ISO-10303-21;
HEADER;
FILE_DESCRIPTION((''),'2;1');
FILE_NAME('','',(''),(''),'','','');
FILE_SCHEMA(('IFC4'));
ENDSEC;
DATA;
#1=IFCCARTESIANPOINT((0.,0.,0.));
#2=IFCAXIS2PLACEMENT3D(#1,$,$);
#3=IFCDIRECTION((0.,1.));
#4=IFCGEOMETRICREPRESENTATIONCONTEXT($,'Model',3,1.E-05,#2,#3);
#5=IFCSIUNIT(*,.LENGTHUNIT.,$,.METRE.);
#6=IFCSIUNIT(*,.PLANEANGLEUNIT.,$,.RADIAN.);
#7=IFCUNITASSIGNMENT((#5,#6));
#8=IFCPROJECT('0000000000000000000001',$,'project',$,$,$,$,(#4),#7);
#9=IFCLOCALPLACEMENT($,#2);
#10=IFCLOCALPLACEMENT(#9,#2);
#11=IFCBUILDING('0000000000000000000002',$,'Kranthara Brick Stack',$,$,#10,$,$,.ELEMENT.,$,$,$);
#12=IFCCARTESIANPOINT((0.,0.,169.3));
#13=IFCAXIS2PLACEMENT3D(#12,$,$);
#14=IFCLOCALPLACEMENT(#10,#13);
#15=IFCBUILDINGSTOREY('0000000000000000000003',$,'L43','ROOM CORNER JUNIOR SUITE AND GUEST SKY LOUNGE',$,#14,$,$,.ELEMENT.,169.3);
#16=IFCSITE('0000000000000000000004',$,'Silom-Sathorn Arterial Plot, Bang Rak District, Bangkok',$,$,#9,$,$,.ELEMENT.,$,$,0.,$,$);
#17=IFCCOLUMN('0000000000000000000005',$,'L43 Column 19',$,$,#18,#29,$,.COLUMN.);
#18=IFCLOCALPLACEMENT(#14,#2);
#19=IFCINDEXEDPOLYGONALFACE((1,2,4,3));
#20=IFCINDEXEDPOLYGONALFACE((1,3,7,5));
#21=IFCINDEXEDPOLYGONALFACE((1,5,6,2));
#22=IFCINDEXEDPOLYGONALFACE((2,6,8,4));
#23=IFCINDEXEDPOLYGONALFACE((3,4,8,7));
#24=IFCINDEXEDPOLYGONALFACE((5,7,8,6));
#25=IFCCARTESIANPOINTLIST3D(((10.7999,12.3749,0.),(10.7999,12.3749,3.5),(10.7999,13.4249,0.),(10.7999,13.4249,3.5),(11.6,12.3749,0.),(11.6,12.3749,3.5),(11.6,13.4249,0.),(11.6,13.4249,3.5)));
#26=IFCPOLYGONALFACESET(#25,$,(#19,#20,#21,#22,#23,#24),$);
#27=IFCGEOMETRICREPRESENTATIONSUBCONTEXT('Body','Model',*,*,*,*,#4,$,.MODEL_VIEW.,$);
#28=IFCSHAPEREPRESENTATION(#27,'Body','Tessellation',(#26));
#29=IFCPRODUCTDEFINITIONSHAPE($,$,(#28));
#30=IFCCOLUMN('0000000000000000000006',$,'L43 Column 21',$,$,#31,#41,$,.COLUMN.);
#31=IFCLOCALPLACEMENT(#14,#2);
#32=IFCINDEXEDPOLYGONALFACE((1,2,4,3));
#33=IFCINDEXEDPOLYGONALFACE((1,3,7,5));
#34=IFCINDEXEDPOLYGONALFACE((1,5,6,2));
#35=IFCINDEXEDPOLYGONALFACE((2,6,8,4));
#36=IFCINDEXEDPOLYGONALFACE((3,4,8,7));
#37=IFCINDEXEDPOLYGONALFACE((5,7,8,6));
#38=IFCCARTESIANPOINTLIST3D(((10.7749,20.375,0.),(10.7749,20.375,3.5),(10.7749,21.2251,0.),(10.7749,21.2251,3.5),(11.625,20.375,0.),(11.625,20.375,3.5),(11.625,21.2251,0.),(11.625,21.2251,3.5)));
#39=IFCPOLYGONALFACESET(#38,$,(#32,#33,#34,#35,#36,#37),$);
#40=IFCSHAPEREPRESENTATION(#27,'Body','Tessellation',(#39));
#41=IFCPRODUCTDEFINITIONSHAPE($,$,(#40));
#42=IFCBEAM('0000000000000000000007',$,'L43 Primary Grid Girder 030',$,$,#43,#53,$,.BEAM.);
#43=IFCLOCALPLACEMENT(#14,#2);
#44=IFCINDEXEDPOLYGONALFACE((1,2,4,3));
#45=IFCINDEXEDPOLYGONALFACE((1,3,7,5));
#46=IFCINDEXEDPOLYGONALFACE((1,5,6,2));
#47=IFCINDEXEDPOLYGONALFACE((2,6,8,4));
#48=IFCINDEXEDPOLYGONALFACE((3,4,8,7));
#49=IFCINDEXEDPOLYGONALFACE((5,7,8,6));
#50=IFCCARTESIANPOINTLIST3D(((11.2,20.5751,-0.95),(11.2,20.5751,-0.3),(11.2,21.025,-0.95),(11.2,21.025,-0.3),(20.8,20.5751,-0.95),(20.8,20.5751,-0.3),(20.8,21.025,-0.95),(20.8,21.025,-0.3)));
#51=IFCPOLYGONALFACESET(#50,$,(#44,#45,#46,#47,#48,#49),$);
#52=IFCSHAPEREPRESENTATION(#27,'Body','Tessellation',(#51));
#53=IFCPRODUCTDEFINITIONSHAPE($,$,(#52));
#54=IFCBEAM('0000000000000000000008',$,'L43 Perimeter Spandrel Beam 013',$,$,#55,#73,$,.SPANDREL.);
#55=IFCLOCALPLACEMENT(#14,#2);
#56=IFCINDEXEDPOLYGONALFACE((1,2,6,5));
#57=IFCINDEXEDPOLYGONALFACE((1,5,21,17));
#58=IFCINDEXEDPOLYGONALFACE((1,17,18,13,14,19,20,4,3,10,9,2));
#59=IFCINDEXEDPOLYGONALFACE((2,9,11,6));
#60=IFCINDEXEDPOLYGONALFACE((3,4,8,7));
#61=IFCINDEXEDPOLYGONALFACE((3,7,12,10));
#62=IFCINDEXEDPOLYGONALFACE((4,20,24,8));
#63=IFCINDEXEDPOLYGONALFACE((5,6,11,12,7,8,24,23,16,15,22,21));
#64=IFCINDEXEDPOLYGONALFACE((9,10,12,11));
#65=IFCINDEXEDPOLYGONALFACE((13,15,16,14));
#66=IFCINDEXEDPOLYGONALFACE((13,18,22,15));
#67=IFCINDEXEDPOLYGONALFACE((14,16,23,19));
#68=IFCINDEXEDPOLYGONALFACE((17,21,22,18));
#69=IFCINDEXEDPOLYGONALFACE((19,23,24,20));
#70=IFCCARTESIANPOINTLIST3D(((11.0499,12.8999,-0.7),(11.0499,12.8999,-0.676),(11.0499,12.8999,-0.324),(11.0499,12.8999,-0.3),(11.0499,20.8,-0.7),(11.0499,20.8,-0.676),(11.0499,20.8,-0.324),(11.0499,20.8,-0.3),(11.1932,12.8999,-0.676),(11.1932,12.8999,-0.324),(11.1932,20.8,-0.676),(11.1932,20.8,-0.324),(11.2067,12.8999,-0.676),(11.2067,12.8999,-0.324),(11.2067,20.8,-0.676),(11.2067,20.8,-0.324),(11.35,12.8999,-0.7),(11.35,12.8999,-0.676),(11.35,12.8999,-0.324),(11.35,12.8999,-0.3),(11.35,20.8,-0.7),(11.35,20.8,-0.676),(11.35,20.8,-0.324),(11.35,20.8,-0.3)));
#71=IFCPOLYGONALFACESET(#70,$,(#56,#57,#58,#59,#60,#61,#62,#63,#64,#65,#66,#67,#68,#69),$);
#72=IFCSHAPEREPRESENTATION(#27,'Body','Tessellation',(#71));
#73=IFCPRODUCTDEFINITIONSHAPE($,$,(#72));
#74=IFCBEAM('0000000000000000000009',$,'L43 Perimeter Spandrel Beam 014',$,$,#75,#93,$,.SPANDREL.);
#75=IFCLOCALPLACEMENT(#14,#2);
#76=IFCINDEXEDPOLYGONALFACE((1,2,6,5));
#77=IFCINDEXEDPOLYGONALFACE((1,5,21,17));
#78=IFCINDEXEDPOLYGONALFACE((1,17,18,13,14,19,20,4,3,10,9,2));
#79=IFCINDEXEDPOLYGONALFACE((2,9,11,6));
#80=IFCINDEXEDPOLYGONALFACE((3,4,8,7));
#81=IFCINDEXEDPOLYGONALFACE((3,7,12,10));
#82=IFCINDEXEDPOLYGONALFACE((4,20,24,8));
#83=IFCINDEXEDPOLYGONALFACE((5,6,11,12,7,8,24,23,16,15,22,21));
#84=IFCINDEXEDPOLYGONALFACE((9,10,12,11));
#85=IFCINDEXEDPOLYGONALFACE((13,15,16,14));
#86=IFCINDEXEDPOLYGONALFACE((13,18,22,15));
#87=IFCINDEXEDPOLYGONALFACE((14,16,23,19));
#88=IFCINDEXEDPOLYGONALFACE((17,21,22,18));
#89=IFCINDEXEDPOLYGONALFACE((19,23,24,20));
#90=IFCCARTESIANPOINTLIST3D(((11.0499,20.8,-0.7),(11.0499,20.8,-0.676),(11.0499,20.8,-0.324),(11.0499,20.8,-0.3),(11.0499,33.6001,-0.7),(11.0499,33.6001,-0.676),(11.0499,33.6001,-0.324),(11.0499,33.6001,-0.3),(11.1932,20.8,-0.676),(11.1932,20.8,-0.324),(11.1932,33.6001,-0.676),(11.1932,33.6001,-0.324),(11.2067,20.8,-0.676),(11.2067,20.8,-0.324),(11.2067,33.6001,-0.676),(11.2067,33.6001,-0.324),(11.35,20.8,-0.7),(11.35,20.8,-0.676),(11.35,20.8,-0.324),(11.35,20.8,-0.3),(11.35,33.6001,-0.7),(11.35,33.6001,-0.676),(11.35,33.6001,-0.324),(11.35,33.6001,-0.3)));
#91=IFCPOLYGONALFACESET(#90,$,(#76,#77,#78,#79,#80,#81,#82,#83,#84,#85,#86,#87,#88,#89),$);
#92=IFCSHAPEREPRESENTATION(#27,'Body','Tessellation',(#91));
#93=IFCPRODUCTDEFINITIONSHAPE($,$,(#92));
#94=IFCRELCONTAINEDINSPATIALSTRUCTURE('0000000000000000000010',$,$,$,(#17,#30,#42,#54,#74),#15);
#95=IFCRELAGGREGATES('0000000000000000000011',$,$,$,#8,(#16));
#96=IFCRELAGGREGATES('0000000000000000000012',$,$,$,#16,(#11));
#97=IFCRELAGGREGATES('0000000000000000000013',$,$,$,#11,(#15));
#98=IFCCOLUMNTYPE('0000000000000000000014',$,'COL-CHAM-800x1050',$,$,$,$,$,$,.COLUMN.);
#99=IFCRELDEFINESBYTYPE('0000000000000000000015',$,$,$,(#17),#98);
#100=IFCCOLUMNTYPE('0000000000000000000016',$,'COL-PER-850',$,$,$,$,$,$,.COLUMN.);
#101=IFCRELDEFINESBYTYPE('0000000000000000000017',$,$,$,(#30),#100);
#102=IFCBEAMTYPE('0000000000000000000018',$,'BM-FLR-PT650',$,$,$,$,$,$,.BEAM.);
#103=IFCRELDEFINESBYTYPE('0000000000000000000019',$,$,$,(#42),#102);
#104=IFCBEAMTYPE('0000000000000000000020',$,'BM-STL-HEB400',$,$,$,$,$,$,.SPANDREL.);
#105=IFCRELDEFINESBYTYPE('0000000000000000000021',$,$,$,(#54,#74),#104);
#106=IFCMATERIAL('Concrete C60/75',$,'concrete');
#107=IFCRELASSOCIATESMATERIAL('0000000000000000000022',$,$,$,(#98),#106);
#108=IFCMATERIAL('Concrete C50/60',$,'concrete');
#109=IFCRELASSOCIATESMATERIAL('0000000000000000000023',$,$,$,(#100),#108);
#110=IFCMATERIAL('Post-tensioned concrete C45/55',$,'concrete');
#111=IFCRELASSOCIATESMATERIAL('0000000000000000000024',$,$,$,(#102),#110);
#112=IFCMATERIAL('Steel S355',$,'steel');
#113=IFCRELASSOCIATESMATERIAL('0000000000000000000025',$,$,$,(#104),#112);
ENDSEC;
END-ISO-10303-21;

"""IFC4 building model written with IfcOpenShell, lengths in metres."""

from ifc_helpers import new_model, si_unit, direction, frame, origin, origin_2d, place, context, subcontext, project, spatial, rectangle, i_section, extrude, material, material_profile, profile_set, type_object, element, save


model = new_model("IFC4")

# Units and contexts
model_context = context("Model", 3, precision=1e-05, world=origin(), true_north=direction((0.0, 1.0)))
body_context = subcontext(model_context, "Body", "Model", "MODEL_VIEW")
ifc_project = project(units=[si_unit("LENGTHUNIT", "METRE"), si_unit("PLANEANGLEUNIT", "RADIAN")], contexts=[model_context])

# Site, building, storey
site_placement = place(None, origin())
site = spatial("IfcSite", under=ifc_project, at=site_placement, Name="Silom-Sathorn Arterial Plot, Bang Rak District, Bangkok", CompositionType="ELEMENT", RefElevation=0.0)
building_placement = place(site_placement, origin())
building = spatial("IfcBuilding", under=site, at=building_placement, Name="Kranthara Brick Stack", CompositionType="ELEMENT")
storey_placement = place(building_placement, frame((0.0, 0.0, 169.3)))
storey = spatial("IfcBuildingStorey", under=building, at=storey_placement, Name="L43", Description="ROOM CORNER JUNIOR SUITE AND GUEST SKY LOUNGE", CompositionType="ELEMENT", Elevation=169.3)

# Columns
ifc_material_1 = material(Name="Concrete C60/75", Category="concrete")
ifc_material_profile_1 = material_profile(ifc_material_1, rectangle(XDim=0.8, YDim=1.05, at=origin_2d()), Name="RC 800x1050")
ifc_profile_set_1 = profile_set([ifc_material_profile_1], Name="Concrete C60/75")
column_type_1 = type_object("IfcColumnType", Name="COL-CHAM-800x1050", PredefinedType="COLUMN", material=ifc_profile_set_1)
column_1_placement = place(storey_placement, frame((11.2, 12.8999, 0.0), z_axis=(0.0, 0.0, 1.0), x_axis=(1.0, 0.0, 0.0)))
element("IfcColumn", 1, at=column_1_placement, inside=storey, type_object=column_type_1, Name="L43 Column 19", PredefinedType="COLUMN", context=body_context, shape_type="SweptSolid", body=[
    extrude(rectangle(XDim=0.8, YDim=1.05, at=origin_2d()), origin(), (0.0, 0.0, 1.0), 3.5),
])
ifc_material_2 = material(Name="Concrete C50/60", Category="concrete")
ifc_material_profile_2 = material_profile(ifc_material_2, rectangle(XDim=0.8501, YDim=0.8501, at=origin_2d()), Name="RC 850x850")
ifc_profile_set_2 = profile_set([ifc_material_profile_2], Name="Concrete C50/60")
column_type_2 = type_object("IfcColumnType", Name="COL-PER-850", PredefinedType="COLUMN", material=ifc_profile_set_2)
column_2_placement = place(storey_placement, frame((11.2, 20.8, 0.0), z_axis=(0.0, 0.0, 1.0), x_axis=(1.0, 0.0, 0.0)))
element("IfcColumn", 2, at=column_2_placement, inside=storey, type_object=column_type_2, Name="L43 Column 21", PredefinedType="COLUMN", context=body_context, shape_type="SweptSolid", body=[
    extrude(rectangle(XDim=0.8501, YDim=0.8501, at=origin_2d()), origin(), (0.0, 0.0, 1.0), 3.5),
])

# Beams
ifc_material_3 = material(Name="Post-tensioned concrete C45/55", Category="concrete")
ifc_material_profile_3 = material_profile(ifc_material_3, rectangle(XDim=0.45, YDim=0.6499, at=origin_2d()), Name="PT 450x650")
ifc_profile_set_3 = profile_set([ifc_material_profile_3], Name="Post-tensioned concrete C45/55")
beam_type_1 = type_object("IfcBeamType", Name="BM-FLR-PT650", PredefinedType="BEAM", material=ifc_profile_set_3)
beam_1_placement = place(storey_placement, frame((11.2, 20.8, -0.625), z_axis=(1.0, 0.0, 0.0), x_axis=(0.0, 1.0, 0.0)))
element("IfcBeam", 3, at=beam_1_placement, inside=storey, type_object=beam_type_1, Name="L43 Primary Grid Girder 030", PredefinedType="BEAM", context=body_context, shape_type="SweptSolid", body=[
    extrude(rectangle(XDim=0.45, YDim=0.6499, at=origin_2d()), origin(), (0.0, 0.0, 1.0), 9.6001),
])
ifc_material_4 = material(Name="Steel S355", Category="steel")
ifc_material_profile_4 = material_profile(ifc_material_4, i_section(OverallWidth=0.3, OverallDepth=0.3999, WebThickness=0.0134, FlangeThickness=0.0239, at=origin_2d()), Name="HEB 400")
ifc_profile_set_4 = profile_set([ifc_material_profile_4], Name="Steel S355")
beam_type_2 = type_object("IfcBeamType", Name="BM-STL-HEB400", PredefinedType="SPANDREL", material=ifc_profile_set_4)
beam_2_placement = place(storey_placement, frame((11.2, 12.8999, -0.5), z_axis=(0.0, 1.0, 0.0), x_axis=(-1.0, 0.0, 0.0)))
element("IfcBeam", 4, at=beam_2_placement, inside=storey, type_object=beam_type_2, Name="L43 Perimeter Spandrel Beam 013", PredefinedType="SPANDREL", context=body_context, shape_type="SweptSolid", body=[
    extrude(i_section(OverallWidth=0.3, OverallDepth=0.3999, WebThickness=0.0134, FlangeThickness=0.0239, at=origin_2d()), origin(), (0.0, 0.0, 1.0), 7.9001),
])
beam_3_placement = place(storey_placement, frame((11.2, 20.8, -0.5), z_axis=(0.0, 1.0, 0.0), x_axis=(-1.0, 0.0, 0.0)))
element("IfcBeam", 5, at=beam_3_placement, inside=storey, type_object=beam_type_2, Name="L43 Perimeter Spandrel Beam 014", PredefinedType="SPANDREL", context=body_context, shape_type="SweptSolid", body=[
    extrude(i_section(OverallWidth=0.3, OverallDepth=0.3999, WebThickness=0.0134, FlangeThickness=0.0239, at=origin_2d()), origin(), (0.0, 0.0, 1.0), 12.8),
])

save(model, "model.ifc")
